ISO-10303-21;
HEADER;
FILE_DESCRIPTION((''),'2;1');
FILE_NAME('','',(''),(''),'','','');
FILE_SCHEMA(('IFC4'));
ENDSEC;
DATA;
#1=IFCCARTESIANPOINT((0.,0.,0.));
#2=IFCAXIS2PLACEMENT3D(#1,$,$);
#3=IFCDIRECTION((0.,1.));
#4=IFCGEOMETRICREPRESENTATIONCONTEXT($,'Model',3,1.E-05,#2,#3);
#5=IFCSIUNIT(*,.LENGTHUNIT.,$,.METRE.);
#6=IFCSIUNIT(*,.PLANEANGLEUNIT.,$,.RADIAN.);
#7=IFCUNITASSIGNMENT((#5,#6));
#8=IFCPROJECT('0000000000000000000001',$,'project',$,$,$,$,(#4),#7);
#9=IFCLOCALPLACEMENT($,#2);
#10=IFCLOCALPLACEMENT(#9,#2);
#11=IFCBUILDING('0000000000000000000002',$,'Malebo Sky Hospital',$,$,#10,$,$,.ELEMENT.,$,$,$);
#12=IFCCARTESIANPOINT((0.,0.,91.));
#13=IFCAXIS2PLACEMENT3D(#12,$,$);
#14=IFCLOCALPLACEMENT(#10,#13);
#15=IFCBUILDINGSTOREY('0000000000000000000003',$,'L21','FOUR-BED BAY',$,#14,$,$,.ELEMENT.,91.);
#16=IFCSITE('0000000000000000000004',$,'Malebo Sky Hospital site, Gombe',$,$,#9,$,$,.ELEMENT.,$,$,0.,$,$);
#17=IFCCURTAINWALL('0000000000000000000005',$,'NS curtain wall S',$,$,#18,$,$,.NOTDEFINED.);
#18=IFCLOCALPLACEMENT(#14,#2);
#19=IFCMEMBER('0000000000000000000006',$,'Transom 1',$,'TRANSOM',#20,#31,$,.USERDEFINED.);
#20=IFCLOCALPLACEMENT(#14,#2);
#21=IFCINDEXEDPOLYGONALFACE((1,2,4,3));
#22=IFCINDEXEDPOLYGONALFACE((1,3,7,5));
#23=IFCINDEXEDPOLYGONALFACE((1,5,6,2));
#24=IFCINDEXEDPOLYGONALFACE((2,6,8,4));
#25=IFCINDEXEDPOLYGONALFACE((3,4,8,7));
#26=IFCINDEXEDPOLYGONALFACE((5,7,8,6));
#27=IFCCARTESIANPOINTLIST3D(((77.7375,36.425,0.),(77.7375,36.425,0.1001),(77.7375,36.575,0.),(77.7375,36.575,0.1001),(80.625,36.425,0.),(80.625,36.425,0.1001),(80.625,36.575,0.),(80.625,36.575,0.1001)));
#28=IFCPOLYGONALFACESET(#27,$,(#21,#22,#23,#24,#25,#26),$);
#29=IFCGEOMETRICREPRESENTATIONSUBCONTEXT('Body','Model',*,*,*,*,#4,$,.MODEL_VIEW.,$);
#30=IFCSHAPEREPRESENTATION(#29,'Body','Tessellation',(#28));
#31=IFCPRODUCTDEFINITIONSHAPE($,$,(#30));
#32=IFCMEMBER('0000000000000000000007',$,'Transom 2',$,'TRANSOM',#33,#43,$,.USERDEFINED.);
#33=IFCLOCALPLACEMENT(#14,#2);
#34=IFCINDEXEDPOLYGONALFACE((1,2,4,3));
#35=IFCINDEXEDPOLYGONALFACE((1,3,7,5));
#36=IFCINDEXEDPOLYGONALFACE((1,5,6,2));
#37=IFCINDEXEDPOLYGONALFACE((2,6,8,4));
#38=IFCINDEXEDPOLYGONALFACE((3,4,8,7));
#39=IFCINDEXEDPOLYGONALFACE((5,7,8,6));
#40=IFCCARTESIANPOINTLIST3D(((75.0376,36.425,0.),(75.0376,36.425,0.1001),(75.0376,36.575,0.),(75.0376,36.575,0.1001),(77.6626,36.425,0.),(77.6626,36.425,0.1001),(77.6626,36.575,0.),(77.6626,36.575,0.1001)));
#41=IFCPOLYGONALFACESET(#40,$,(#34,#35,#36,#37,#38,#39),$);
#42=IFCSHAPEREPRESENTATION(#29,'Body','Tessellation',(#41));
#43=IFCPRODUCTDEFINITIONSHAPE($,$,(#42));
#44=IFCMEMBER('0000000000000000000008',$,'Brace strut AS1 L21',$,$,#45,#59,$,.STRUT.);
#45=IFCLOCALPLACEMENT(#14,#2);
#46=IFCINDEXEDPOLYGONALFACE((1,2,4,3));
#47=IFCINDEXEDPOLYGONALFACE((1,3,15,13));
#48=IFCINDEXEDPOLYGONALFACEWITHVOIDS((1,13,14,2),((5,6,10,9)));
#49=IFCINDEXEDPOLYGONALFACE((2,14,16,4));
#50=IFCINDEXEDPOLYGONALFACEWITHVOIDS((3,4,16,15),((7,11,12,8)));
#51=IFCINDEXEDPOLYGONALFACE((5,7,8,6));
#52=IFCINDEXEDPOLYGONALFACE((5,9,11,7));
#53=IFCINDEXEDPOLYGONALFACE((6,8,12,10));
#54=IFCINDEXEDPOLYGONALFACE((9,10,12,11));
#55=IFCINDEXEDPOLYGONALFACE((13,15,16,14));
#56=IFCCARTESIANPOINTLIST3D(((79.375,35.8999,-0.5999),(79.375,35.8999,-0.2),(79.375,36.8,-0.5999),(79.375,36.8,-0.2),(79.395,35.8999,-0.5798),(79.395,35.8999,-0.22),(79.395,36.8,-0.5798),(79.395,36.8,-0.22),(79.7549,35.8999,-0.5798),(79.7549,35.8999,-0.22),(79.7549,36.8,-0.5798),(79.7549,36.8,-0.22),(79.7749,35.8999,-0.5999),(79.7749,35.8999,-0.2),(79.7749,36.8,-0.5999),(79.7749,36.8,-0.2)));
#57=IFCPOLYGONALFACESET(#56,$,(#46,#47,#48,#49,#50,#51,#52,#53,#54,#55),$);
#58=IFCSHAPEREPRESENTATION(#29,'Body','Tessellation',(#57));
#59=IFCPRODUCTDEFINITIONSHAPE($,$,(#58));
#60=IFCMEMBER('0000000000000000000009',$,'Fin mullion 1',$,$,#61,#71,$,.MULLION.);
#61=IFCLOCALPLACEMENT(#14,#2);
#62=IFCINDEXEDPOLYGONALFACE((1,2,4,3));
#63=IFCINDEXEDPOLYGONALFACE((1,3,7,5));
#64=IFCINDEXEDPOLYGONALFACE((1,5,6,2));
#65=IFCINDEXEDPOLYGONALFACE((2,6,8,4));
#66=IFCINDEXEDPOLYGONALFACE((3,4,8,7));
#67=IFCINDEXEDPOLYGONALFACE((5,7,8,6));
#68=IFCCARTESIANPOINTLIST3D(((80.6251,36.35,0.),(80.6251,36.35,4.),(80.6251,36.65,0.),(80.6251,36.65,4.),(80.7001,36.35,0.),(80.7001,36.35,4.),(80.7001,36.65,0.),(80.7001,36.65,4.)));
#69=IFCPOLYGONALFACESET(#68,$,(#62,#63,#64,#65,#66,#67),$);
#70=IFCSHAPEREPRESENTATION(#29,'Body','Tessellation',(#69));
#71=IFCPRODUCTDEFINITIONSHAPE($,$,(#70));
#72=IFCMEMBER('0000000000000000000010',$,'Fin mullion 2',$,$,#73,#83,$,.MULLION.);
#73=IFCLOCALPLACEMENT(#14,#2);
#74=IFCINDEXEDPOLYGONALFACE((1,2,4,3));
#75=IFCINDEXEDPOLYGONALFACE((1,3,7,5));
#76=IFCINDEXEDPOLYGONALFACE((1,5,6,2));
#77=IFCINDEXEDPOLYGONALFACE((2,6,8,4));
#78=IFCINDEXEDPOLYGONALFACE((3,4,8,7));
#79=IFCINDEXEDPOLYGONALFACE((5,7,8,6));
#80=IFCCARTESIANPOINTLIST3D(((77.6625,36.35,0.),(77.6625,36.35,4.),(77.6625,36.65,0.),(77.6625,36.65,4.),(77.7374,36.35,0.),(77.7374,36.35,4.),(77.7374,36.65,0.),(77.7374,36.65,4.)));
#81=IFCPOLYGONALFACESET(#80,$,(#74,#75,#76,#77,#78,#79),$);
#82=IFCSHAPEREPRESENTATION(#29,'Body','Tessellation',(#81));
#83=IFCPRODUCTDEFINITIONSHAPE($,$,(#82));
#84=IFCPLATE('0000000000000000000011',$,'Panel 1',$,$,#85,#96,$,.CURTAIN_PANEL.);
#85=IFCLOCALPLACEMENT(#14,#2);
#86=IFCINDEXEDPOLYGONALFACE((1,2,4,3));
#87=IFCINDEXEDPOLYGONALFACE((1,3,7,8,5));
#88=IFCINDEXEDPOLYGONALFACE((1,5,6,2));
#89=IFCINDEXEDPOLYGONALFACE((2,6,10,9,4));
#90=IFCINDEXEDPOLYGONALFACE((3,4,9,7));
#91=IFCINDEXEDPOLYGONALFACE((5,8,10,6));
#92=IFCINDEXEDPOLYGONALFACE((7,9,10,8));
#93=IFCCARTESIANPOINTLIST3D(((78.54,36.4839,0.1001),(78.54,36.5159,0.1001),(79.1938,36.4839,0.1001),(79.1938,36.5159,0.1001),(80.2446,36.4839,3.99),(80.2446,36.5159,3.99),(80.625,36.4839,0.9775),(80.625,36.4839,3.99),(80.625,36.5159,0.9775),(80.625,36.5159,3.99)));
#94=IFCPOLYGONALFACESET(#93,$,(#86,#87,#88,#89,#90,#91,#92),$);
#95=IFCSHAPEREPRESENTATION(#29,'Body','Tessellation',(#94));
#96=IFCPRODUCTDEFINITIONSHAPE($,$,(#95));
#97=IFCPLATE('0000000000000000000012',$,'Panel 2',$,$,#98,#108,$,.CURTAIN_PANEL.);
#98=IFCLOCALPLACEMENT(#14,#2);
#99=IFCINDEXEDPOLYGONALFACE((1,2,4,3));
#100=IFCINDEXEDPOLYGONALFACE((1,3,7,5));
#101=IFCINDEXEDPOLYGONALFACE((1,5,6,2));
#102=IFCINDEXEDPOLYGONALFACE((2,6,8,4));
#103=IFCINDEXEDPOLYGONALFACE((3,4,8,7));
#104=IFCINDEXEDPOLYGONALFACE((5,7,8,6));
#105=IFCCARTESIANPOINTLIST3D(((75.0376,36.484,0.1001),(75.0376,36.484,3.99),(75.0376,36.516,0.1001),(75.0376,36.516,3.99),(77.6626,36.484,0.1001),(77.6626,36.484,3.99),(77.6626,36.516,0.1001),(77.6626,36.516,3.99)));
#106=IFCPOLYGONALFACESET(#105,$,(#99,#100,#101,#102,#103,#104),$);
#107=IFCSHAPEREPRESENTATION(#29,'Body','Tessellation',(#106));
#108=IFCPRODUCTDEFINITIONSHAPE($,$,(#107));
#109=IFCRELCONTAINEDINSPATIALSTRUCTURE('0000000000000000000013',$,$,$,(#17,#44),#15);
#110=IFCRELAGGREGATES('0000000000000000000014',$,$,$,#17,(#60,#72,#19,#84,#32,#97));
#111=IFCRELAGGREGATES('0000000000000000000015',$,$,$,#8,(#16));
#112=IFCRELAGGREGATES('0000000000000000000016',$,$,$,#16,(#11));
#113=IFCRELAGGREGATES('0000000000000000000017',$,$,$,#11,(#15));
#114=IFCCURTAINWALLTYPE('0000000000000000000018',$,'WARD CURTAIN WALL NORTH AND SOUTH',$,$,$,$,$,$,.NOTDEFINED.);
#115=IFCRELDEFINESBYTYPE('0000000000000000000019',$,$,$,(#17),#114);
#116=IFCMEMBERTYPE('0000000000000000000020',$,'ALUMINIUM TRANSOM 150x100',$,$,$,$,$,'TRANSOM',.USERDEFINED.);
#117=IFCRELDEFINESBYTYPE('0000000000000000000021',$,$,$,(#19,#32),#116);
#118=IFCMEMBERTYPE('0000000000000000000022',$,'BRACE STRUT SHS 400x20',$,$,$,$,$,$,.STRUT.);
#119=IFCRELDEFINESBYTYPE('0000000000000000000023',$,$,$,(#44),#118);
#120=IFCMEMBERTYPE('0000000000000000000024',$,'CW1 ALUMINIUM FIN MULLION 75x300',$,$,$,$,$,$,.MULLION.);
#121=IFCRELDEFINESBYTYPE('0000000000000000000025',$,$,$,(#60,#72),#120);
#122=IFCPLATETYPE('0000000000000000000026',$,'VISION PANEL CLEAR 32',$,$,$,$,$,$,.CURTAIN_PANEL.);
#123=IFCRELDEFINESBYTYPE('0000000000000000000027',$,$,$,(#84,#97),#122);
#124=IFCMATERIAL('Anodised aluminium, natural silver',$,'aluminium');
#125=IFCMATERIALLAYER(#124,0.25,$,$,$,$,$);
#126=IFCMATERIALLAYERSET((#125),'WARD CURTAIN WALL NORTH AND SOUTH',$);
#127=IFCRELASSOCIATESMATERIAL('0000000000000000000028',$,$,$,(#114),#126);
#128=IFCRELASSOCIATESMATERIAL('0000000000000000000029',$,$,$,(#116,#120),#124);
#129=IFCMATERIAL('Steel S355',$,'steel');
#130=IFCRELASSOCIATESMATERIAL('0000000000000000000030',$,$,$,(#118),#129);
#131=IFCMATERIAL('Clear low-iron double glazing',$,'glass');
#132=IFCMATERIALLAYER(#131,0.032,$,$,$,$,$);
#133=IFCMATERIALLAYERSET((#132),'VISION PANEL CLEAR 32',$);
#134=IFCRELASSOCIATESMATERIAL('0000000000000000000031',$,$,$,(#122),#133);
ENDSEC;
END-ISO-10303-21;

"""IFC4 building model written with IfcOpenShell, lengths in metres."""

from ifc_helpers import new_model, si_unit, direction, frame, origin, origin_2d, place, context, subcontext, project, spatial, polyline, rectangle, hollow_rectangle, outline, extrude, material, layer, layer_set, material_profile, profile_set, type_object, element, aggregate, save


model = new_model("IFC4")

# Units and contexts
model_context = context("Model", 3, precision=1e-05, world=origin(), true_north=direction((0.0, 1.0)))
body_context = subcontext(model_context, "Body", "Model", "MODEL_VIEW")
ifc_project = project(units=[si_unit("LENGTHUNIT", "METRE"), si_unit("PLANEANGLEUNIT", "RADIAN")], contexts=[model_context])

# Site, building, storey
site_placement = place(None, origin())
site = spatial("IfcSite", under=ifc_project, at=site_placement, Name="Malebo Sky Hospital site, Gombe", CompositionType="ELEMENT", RefElevation=0.0)
building_placement = place(site_placement, origin())
building = spatial("IfcBuilding", under=site, at=building_placement, Name="Malebo Sky Hospital", CompositionType="ELEMENT")
storey_placement = place(building_placement, frame((0.0, 0.0, 91.0)))
storey = spatial("IfcBuildingStorey", under=building, at=storey_placement, Name="L21", Description="FOUR-BED BAY", CompositionType="ELEMENT", Elevation=91.0)

# Curtain wall, members
ifc_material_1 = material(Name="Anodised aluminium, natural silver", Category="aluminium")
ifc_layer_1 = layer(ifc_material_1, 0.25)
ifc_layer_set_1 = layer_set([ifc_layer_1], Name="WARD CURTAIN WALL NORTH AND SOUTH")
curtain_wall_type = type_object("IfcCurtainWallType", Name="WARD CURTAIN WALL NORTH AND SOUTH", PredefinedType="NOTDEFINED", material=ifc_layer_set_1)
curtain_wall_placement = place(storey_placement, origin())
curtain_wall = element("IfcCurtainWall", 1, at=curtain_wall_placement, inside=storey, type_object=curtain_wall_type, Name="NS curtain wall S", PredefinedType="NOTDEFINED")
ifc_material_profile_1 = material_profile(ifc_material_1, rectangle(XDim=0.1499, YDim=0.1001, at=origin_2d()), Name="ALUMINIUM TRANSOM 150x100")
ifc_profile_set_1 = profile_set([ifc_material_profile_1], Name="Anodised aluminium, natural silver")
member_type_1 = type_object("IfcMemberType", Name="ALUMINIUM TRANSOM 150x100", ElementType="TRANSOM", PredefinedType="USERDEFINED", material=ifc_profile_set_1)
member_1_placement = place(storey_placement, frame((80.625, 36.5, 0.05), z_axis=(-1.0, 0.0, 0.0), x_axis=(0.0, -1.0, 0.0)))
member_1 = element("IfcMember", 2, at=member_1_placement, type_object=member_type_1, Name="Transom 1", ObjectType="TRANSOM", PredefinedType="USERDEFINED", context=body_context, shape_type="SweptSolid", body=[
    extrude(rectangle(XDim=0.1499, YDim=0.1001, at=origin_2d()), origin(), (0.0, 0.0, 1.0), 2.8875),
])
member_2_placement = place(storey_placement, frame((77.6626, 36.5, 0.05), z_axis=(-1.0, 0.0, 0.0), x_axis=(0.0, -1.0, 0.0)))
member_2 = element("IfcMember", 3, at=member_2_placement, type_object=member_type_1, Name="Transom 2", ObjectType="TRANSOM", PredefinedType="USERDEFINED", context=body_context, shape_type="SweptSolid", body=[
    extrude(rectangle(XDim=0.1499, YDim=0.1001, at=origin_2d()), origin(), (0.0, 0.0, 1.0), 2.625),
])

# Members
ifc_material_2 = material(Name="Steel S355", Category="steel")
ifc_material_profile_2 = material_profile(ifc_material_2, hollow_rectangle(XDim=0.3999, YDim=0.3999, WallThickness=0.02, at=origin_2d()), Name="SHS 400x20")
ifc_profile_set_2 = profile_set([ifc_material_profile_2], Name="Steel S355")
member_type_2 = type_object("IfcMemberType", Name="BRACE STRUT SHS 400x20", PredefinedType="STRUT", material=ifc_profile_set_2)
member_3_placement = place(storey_placement, frame((79.575, 35.8999, -0.3999), z_axis=(0.0, 1.0, 0.0), x_axis=(-1.0, 0.0, 0.0)))
element("IfcMember", 4, at=member_3_placement, inside=storey, type_object=member_type_2, Name="Brace strut AS1 L21", PredefinedType="STRUT", context=body_context, shape_type="SweptSolid", body=[
    extrude(hollow_rectangle(XDim=0.3999, YDim=0.3999, WallThickness=0.02, at=origin_2d()), origin(), (0.0, 0.0, 1.0), 0.9001),
])
ifc_material_profile_3 = material_profile(ifc_material_1, rectangle(XDim=0.075, YDim=0.3, at=origin_2d()), Name="CW1 ALUMINIUM FIN MULLION 75x300")
ifc_profile_set_3 = profile_set([ifc_material_profile_3], Name="Anodised aluminium, natural silver")
member_type_3 = type_object("IfcMemberType", Name="CW1 ALUMINIUM FIN MULLION 75x300", PredefinedType="MULLION", material=ifc_profile_set_3)
member_4_placement = place(storey_placement, frame((80.6626, 36.5, 0.0), z_axis=(0.0, 0.0, 1.0), x_axis=(-1.0, 0.0, 0.0)))
member_4 = element("IfcMember", 5, at=member_4_placement, type_object=member_type_3, Name="Fin mullion 1", PredefinedType="MULLION", context=body_context, shape_type="SweptSolid", body=[
    extrude(rectangle(XDim=0.075, YDim=0.3, at=origin_2d()), origin(), (0.0, 0.0, 1.0), 4.0),
])
member_5_placement = place(storey_placement, frame((77.7, 36.5, 0.0), z_axis=(0.0, 0.0, 1.0), x_axis=(-1.0, 0.0, 0.0)))
member_5 = element("IfcMember", 6, at=member_5_placement, type_object=member_type_3, Name="Fin mullion 2", PredefinedType="MULLION", context=body_context, shape_type="SweptSolid", body=[
    extrude(rectangle(XDim=0.075, YDim=0.3, at=origin_2d()), origin(), (0.0, 0.0, 1.0), 4.0),
])

# Plates
ifc_material_3 = material(Name="Clear low-iron double glazing", Category="glass")
ifc_layer_2 = layer(ifc_material_3, 0.032)
ifc_layer_set_2 = layer_set([ifc_layer_2], Name="VISION PANEL CLEAR 32")
plate_type = type_object("IfcPlateType", Name="VISION PANEL CLEAR 32", PredefinedType="CURTAIN_PANEL", material=ifc_layer_set_2)
plate_1_placement = place(storey_placement, frame((79.5825, 36.5, 0.1001), z_axis=(0.0, 0.0, 1.0), x_axis=(-1.0, 0.0, 0.0)))
plate_1 = element("IfcPlate", 7, at=plate_1_placement, type_object=plate_type, Name="Panel 1", PredefinedType="CURTAIN_PANEL", context=body_context, shape_type="SweptSolid", body=[
    extrude(outline(polyline([(0.3887, 0.0), (1.0425, 0.0), (-0.6621, 3.8899), (-1.0425, 3.8899), (-1.0425, 0.8774), (0.3887, 0.0)])), frame((0.0, 0.0161, 0.0), z_axis=(0.0, -1.0, 0.0), x_axis=(1.0, 0.0, 0.0)), (0.0, 0.0, 1.0), 0.032),
])
plate_2_placement = place(storey_placement, frame((76.3501, 36.5, 0.1001), z_axis=(0.0, 0.0, 1.0), x_axis=(-1.0, 0.0, 0.0)))
plate_2 = element("IfcPlate", 8, at=plate_2_placement, type_object=plate_type, Name="Panel 2", PredefinedType="CURTAIN_PANEL", context=body_context, shape_type="SweptSolid", body=[
    extrude(rectangle(XDim=2.625, YDim=0.032, at=origin_2d()), origin(), (0.0, 0.0, 1.0), 3.8899),
])
aggregate(curtain_wall, [member_4, member_5, member_1, plate_1, member_2, plate_2])

save(model, "model.ifc")
